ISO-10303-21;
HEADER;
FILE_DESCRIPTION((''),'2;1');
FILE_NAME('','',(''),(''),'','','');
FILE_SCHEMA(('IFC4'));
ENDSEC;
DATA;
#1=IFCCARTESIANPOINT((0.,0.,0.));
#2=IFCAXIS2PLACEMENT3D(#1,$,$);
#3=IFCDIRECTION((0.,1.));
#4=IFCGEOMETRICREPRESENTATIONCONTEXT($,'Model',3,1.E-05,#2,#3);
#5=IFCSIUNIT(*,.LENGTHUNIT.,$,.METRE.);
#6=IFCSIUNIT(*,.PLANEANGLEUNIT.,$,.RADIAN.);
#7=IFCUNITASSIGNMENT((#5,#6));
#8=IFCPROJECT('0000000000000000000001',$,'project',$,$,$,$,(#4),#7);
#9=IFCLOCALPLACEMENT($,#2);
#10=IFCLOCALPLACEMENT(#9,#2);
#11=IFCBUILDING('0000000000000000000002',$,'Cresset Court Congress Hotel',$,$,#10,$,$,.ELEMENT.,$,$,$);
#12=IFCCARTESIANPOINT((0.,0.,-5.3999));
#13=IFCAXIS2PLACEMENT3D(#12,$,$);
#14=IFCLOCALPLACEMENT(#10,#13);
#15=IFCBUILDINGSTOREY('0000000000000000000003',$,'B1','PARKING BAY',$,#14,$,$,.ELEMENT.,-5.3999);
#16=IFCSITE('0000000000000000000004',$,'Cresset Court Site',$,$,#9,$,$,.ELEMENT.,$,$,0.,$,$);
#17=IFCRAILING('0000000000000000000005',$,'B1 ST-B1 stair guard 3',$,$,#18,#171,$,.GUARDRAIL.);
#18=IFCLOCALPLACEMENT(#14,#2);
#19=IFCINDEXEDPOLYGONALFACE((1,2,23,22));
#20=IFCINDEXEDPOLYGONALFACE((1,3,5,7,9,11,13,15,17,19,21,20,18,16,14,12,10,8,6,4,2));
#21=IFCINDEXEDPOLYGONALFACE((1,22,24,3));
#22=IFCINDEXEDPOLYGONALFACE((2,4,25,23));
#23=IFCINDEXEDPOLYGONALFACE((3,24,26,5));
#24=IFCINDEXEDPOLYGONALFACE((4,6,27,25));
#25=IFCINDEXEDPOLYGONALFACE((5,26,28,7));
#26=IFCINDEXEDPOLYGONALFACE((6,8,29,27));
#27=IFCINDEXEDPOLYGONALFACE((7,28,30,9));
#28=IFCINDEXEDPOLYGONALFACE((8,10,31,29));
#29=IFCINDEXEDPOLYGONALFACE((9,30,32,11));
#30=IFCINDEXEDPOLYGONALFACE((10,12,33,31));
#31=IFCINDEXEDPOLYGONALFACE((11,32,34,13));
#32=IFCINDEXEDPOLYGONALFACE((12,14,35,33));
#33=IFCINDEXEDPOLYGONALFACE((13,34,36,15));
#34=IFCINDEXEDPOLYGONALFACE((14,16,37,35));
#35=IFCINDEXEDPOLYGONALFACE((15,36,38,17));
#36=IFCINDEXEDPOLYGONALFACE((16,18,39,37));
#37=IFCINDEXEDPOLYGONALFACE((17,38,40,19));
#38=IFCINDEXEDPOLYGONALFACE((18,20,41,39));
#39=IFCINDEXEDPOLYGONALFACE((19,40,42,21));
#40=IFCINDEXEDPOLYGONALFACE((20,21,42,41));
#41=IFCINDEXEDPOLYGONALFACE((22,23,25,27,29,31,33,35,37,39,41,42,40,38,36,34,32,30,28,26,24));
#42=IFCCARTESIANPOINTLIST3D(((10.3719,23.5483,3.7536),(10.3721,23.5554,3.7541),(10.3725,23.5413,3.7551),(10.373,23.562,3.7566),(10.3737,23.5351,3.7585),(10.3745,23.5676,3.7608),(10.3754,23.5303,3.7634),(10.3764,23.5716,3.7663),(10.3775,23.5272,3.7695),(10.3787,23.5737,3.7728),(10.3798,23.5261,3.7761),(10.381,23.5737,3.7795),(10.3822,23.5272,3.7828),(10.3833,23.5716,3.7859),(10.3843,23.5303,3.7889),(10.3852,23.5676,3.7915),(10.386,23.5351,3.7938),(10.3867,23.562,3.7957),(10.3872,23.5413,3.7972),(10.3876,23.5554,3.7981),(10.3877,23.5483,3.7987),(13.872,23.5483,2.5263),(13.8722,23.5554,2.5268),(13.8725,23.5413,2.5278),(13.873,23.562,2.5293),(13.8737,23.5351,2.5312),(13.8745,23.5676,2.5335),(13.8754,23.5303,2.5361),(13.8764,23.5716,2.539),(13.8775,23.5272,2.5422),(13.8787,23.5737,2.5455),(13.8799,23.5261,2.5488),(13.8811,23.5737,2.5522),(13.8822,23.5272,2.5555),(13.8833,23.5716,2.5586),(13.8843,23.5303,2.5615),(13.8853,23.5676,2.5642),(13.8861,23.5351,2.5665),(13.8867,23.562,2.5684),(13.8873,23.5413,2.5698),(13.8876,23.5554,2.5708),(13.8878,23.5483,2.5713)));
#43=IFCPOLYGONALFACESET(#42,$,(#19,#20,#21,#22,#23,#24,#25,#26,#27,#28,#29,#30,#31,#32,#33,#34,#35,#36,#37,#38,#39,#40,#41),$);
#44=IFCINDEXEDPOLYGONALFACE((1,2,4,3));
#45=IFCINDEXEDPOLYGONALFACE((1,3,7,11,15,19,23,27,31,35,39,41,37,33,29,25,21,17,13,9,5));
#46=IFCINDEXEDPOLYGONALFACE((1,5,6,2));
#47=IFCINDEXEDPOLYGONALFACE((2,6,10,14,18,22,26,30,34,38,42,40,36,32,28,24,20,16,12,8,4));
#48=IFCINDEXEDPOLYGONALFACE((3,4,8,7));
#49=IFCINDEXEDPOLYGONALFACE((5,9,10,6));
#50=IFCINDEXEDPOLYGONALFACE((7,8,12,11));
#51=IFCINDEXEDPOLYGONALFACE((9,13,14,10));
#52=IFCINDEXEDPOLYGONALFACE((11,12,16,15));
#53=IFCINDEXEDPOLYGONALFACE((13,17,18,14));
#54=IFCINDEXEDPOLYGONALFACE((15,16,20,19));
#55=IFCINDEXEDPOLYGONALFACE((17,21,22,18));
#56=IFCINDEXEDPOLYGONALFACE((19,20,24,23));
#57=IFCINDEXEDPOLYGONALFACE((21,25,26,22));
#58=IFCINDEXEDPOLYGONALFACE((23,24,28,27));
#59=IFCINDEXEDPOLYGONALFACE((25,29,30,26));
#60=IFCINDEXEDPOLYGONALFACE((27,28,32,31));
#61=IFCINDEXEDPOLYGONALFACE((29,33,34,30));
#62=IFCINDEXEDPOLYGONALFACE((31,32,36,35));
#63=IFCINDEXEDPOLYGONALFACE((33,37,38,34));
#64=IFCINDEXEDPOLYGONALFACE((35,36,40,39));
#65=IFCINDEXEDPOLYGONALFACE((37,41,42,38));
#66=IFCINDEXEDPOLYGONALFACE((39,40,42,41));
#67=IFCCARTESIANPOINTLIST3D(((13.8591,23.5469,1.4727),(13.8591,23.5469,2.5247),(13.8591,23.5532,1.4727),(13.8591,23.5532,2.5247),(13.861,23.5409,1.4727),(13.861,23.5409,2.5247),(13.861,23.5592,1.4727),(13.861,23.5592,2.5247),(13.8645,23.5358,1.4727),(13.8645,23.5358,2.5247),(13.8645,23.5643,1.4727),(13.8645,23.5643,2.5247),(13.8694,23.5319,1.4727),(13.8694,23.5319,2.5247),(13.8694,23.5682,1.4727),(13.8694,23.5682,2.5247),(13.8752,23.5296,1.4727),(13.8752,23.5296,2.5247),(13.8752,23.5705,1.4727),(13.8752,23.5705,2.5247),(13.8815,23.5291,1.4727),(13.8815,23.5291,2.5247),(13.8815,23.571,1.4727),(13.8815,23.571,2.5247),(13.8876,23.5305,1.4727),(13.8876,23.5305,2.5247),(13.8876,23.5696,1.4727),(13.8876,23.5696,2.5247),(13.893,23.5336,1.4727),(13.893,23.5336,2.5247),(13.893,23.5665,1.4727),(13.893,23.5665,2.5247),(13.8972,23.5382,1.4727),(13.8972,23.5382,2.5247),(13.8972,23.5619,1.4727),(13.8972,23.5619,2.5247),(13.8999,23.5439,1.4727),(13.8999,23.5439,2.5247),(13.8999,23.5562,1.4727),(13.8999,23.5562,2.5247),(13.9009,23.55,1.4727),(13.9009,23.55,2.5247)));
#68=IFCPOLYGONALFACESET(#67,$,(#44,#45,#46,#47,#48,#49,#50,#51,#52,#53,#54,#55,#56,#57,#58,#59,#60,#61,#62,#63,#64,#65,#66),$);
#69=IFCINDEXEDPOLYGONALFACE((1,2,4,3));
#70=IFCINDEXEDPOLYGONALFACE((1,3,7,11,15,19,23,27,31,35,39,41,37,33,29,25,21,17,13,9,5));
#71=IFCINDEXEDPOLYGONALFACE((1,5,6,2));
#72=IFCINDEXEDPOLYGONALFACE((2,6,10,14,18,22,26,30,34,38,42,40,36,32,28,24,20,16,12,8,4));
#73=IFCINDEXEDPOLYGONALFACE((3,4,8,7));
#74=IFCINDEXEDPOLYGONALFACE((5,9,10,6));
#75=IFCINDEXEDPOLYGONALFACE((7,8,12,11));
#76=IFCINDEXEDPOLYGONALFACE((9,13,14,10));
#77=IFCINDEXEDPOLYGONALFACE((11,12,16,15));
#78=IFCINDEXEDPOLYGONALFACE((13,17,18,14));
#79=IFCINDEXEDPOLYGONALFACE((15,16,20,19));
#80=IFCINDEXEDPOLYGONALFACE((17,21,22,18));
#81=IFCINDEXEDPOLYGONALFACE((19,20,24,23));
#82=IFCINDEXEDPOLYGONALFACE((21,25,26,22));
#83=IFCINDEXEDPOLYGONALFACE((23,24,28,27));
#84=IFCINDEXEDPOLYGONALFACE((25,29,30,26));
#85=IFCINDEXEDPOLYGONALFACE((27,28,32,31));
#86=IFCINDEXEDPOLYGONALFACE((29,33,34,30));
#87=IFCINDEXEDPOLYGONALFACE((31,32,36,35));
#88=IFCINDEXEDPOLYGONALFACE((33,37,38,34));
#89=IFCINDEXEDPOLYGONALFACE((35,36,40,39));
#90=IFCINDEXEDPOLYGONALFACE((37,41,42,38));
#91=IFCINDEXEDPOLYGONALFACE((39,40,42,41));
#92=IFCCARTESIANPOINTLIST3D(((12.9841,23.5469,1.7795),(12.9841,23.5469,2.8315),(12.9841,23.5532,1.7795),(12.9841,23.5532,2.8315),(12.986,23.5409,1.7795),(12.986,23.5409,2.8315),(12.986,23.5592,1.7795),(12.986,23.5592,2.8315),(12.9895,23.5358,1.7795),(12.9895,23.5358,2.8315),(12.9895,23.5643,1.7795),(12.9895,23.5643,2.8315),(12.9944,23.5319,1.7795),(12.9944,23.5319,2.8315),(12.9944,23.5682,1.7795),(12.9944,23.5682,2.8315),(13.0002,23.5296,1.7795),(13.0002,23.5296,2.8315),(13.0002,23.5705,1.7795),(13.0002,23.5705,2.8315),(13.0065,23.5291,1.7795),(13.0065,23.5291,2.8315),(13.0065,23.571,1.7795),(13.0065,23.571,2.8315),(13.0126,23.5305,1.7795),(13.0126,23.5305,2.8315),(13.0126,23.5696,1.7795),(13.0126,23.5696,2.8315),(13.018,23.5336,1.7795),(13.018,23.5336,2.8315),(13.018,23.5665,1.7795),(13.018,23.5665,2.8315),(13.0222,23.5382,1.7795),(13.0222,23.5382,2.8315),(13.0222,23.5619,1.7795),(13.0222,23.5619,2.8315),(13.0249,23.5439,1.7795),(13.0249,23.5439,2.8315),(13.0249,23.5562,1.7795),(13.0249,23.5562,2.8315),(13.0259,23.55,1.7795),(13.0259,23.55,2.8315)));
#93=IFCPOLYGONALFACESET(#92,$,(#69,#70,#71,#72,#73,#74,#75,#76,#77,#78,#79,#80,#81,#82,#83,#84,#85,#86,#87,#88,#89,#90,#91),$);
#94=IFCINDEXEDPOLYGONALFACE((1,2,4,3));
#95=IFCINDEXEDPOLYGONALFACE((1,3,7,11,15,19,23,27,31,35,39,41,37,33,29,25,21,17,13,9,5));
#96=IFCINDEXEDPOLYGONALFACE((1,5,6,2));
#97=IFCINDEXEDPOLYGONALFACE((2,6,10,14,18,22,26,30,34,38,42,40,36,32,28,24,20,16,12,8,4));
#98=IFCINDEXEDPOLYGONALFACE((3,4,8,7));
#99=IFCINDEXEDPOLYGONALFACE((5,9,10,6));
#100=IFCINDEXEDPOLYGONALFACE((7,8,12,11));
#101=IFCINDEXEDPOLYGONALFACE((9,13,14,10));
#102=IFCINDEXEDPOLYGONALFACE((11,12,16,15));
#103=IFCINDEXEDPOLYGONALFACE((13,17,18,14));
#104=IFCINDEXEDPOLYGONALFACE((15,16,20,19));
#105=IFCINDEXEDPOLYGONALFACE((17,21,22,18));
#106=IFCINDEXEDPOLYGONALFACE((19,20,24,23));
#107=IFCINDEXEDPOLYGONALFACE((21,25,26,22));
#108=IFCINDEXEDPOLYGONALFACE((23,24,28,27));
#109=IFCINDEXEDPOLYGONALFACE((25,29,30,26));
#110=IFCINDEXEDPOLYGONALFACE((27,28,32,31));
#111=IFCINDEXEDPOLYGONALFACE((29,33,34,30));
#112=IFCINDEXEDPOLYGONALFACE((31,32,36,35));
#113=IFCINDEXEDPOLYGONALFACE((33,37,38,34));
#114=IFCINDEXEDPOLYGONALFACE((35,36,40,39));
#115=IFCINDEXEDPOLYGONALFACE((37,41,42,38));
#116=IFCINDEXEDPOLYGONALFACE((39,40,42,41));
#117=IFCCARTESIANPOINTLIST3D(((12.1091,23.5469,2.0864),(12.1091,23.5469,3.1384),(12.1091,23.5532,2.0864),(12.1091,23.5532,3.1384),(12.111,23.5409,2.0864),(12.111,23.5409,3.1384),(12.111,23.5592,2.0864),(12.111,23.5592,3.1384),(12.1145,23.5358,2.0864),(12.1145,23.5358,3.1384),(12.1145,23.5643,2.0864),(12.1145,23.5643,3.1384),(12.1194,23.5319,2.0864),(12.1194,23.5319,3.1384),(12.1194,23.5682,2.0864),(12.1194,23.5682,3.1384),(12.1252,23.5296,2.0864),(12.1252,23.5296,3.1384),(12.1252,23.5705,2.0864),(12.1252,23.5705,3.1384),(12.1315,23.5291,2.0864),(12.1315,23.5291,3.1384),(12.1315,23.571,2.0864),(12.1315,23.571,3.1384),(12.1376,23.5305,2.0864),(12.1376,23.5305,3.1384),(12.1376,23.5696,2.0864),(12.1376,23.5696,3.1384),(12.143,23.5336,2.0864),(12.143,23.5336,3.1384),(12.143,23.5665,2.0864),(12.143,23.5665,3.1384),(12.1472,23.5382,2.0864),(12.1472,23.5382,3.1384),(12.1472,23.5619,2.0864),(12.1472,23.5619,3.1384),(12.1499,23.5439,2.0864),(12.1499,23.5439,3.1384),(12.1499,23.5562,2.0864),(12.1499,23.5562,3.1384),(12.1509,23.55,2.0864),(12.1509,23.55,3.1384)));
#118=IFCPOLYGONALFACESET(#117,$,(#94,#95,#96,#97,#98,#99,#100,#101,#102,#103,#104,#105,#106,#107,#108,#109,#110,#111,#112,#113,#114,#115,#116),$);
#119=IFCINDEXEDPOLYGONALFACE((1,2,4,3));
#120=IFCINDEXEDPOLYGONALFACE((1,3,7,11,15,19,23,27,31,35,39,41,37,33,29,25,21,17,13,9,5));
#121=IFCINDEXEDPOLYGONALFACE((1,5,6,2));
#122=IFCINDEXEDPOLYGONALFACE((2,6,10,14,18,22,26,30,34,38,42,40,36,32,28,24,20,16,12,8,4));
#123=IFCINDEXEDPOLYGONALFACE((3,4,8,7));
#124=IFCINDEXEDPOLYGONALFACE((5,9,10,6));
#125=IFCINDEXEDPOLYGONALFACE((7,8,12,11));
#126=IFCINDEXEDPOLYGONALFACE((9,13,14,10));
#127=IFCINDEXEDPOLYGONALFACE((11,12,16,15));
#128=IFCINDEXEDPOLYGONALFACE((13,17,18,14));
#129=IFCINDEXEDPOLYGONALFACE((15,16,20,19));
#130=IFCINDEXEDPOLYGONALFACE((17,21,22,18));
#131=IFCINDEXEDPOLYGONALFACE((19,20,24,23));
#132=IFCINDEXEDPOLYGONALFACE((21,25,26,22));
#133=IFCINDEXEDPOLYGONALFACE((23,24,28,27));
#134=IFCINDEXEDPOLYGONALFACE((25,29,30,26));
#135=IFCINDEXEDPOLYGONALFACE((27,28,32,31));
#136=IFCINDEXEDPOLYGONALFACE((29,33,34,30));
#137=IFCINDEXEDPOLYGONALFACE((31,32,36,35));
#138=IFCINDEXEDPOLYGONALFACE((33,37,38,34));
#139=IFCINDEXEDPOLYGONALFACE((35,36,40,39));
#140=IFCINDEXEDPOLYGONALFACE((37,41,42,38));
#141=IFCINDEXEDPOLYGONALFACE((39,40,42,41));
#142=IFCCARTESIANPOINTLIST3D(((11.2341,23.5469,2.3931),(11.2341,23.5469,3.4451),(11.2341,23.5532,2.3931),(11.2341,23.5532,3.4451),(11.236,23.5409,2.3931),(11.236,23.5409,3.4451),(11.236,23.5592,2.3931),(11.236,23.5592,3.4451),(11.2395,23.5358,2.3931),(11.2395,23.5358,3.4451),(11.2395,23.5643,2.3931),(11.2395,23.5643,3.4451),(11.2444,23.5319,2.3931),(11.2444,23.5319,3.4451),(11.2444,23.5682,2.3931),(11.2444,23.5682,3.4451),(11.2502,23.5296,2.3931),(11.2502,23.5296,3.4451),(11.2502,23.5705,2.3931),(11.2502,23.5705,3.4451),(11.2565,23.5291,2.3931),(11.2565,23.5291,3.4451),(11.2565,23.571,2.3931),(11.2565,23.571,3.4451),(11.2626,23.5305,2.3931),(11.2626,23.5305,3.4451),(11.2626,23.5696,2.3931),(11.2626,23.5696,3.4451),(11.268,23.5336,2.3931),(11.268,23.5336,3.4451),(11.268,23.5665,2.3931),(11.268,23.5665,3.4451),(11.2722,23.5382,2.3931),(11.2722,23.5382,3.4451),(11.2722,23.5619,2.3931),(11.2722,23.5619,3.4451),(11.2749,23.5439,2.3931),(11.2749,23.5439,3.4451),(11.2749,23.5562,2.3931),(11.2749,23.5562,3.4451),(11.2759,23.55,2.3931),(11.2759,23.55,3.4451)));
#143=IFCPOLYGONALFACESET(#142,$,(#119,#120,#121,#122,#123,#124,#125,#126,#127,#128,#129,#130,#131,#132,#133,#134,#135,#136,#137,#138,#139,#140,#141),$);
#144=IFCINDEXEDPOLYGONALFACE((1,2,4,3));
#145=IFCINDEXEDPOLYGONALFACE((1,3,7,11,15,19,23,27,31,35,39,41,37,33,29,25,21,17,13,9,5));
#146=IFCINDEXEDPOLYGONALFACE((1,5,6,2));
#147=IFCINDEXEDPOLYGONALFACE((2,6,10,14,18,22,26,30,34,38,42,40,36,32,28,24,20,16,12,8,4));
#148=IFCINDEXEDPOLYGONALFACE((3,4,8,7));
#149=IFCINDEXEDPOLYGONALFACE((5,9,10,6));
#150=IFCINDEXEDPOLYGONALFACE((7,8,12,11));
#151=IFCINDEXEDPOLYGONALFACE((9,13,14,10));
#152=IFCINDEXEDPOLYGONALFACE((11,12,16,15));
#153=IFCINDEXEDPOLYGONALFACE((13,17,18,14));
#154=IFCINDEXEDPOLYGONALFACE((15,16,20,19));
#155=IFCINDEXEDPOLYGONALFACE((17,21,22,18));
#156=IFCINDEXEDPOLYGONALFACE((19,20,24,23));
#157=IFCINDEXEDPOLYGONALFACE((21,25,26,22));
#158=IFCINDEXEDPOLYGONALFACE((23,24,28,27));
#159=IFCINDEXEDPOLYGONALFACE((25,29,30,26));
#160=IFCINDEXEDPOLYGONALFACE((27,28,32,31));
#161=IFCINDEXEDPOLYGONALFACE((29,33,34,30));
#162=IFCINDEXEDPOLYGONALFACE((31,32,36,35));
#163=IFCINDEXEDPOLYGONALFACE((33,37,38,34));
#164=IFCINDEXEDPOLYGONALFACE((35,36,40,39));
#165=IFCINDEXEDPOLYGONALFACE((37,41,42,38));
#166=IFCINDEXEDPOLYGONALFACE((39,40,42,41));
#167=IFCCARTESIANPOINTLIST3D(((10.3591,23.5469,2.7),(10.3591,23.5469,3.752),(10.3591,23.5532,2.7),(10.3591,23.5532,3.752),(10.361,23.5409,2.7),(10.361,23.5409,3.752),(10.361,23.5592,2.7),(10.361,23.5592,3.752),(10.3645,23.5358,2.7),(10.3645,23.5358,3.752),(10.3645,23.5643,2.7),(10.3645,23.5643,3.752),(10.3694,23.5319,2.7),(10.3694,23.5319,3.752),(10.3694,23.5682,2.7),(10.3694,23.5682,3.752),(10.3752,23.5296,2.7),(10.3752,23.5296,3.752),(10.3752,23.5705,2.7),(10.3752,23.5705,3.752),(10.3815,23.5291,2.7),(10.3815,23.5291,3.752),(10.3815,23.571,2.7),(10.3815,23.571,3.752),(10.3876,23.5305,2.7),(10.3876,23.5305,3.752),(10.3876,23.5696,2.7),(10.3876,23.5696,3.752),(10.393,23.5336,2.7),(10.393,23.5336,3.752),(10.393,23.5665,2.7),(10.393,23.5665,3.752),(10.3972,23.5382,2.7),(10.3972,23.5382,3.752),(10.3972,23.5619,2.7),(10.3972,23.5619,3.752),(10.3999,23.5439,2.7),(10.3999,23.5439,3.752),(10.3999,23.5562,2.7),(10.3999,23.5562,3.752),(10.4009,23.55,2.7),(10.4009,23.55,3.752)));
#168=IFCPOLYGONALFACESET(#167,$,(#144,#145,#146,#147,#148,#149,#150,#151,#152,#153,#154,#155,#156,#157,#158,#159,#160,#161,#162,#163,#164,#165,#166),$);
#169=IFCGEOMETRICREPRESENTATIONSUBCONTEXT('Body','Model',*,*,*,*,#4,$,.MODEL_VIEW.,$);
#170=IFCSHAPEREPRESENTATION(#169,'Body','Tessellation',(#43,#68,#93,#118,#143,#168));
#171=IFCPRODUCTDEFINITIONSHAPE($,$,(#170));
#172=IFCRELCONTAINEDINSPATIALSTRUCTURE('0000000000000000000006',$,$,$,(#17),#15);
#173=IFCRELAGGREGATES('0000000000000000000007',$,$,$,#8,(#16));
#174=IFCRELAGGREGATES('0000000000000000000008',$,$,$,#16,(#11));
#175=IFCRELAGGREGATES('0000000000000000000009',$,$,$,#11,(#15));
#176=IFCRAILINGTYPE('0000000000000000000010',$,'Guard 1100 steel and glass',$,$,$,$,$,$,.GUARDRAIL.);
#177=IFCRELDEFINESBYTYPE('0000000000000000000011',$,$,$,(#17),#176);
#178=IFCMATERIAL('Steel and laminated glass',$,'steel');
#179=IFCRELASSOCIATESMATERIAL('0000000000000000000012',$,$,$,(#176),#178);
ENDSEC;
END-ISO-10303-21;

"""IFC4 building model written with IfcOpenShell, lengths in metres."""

from ifc_helpers import new_model, si_unit, direction, frame, origin, origin_2d, place, context, subcontext, project, spatial, circle, extrude, material, type_object, element, save


model = new_model("IFC4")

# Units and contexts
model_context = context("Model", 3, precision=1e-05, world=origin(), true_north=direction((0.0, 1.0)))
body_context = subcontext(model_context, "Body", "Model", "MODEL_VIEW")
ifc_project = project(units=[si_unit("LENGTHUNIT", "METRE"), si_unit("PLANEANGLEUNIT", "RADIAN")], contexts=[model_context])

# Site, building, storey
site_placement = place(None, origin())
site = spatial("IfcSite", under=ifc_project, at=site_placement, Name="Cresset Court Site", CompositionType="ELEMENT", RefElevation=0.0)
building_placement = place(site_placement, origin())
building = spatial("IfcBuilding", under=site, at=building_placement, Name="Cresset Court Congress Hotel", CompositionType="ELEMENT")
storey_placement = place(building_placement, frame((0.0, 0.0, -5.3999)))
storey = spatial("IfcBuildingStorey", under=building, at=storey_placement, Name="B1", Description="PARKING BAY", CompositionType="ELEMENT", Elevation=-5.3999)

# Railing
ifc_material_1 = material(Name="Steel and laminated glass", Category="steel")
railing_type_1 = type_object("IfcRailingType", Name="Guard 1100 steel and glass", PredefinedType="GUARDRAIL", material=ifc_material_1)
railing_1_placement = place(storey_placement, frame((13.8799, 23.55, 1.4727)))
element("IfcRailing", 1, at=railing_1_placement, inside=storey, type_object=railing_type_1, Name="B1 ST-B1 stair guard 3", PredefinedType="GUARDRAIL", context=body_context, shape_type="SweptSolid", body=[
    extrude(circle(Radius=0.0239, at=origin_2d()), frame((0.0, 0.0, 1.0762), z_axis=(-0.943665, 0.0, 0.330902), x_axis=(0.0, -1.0, 0.0)), (0.0, 0.0, 1.0), 3.709),
    extrude(circle(Radius=0.021, at=origin_2d()), origin(), (0.0, 0.0, 1.0), 1.052),
    extrude(circle(Radius=0.021, at=origin_2d()), frame((-0.875, 0.0, 0.3069)), (0.0, 0.0, 1.0), 1.052),
    extrude(circle(Radius=0.021, at=origin_2d()), frame((-1.75, 0.0, 0.6138)), (0.0, 0.0, 1.0), 1.052),
    extrude(circle(Radius=0.021, at=origin_2d()), frame((-2.625, 0.0, 0.9204)), (0.0, 0.0, 1.0), 1.052),
    extrude(circle(Radius=0.021, at=origin_2d()), frame((-3.5, 0.0, 1.2273)), (0.0, 0.0, 1.0), 1.052),
])

save(model, "model.ifc")
